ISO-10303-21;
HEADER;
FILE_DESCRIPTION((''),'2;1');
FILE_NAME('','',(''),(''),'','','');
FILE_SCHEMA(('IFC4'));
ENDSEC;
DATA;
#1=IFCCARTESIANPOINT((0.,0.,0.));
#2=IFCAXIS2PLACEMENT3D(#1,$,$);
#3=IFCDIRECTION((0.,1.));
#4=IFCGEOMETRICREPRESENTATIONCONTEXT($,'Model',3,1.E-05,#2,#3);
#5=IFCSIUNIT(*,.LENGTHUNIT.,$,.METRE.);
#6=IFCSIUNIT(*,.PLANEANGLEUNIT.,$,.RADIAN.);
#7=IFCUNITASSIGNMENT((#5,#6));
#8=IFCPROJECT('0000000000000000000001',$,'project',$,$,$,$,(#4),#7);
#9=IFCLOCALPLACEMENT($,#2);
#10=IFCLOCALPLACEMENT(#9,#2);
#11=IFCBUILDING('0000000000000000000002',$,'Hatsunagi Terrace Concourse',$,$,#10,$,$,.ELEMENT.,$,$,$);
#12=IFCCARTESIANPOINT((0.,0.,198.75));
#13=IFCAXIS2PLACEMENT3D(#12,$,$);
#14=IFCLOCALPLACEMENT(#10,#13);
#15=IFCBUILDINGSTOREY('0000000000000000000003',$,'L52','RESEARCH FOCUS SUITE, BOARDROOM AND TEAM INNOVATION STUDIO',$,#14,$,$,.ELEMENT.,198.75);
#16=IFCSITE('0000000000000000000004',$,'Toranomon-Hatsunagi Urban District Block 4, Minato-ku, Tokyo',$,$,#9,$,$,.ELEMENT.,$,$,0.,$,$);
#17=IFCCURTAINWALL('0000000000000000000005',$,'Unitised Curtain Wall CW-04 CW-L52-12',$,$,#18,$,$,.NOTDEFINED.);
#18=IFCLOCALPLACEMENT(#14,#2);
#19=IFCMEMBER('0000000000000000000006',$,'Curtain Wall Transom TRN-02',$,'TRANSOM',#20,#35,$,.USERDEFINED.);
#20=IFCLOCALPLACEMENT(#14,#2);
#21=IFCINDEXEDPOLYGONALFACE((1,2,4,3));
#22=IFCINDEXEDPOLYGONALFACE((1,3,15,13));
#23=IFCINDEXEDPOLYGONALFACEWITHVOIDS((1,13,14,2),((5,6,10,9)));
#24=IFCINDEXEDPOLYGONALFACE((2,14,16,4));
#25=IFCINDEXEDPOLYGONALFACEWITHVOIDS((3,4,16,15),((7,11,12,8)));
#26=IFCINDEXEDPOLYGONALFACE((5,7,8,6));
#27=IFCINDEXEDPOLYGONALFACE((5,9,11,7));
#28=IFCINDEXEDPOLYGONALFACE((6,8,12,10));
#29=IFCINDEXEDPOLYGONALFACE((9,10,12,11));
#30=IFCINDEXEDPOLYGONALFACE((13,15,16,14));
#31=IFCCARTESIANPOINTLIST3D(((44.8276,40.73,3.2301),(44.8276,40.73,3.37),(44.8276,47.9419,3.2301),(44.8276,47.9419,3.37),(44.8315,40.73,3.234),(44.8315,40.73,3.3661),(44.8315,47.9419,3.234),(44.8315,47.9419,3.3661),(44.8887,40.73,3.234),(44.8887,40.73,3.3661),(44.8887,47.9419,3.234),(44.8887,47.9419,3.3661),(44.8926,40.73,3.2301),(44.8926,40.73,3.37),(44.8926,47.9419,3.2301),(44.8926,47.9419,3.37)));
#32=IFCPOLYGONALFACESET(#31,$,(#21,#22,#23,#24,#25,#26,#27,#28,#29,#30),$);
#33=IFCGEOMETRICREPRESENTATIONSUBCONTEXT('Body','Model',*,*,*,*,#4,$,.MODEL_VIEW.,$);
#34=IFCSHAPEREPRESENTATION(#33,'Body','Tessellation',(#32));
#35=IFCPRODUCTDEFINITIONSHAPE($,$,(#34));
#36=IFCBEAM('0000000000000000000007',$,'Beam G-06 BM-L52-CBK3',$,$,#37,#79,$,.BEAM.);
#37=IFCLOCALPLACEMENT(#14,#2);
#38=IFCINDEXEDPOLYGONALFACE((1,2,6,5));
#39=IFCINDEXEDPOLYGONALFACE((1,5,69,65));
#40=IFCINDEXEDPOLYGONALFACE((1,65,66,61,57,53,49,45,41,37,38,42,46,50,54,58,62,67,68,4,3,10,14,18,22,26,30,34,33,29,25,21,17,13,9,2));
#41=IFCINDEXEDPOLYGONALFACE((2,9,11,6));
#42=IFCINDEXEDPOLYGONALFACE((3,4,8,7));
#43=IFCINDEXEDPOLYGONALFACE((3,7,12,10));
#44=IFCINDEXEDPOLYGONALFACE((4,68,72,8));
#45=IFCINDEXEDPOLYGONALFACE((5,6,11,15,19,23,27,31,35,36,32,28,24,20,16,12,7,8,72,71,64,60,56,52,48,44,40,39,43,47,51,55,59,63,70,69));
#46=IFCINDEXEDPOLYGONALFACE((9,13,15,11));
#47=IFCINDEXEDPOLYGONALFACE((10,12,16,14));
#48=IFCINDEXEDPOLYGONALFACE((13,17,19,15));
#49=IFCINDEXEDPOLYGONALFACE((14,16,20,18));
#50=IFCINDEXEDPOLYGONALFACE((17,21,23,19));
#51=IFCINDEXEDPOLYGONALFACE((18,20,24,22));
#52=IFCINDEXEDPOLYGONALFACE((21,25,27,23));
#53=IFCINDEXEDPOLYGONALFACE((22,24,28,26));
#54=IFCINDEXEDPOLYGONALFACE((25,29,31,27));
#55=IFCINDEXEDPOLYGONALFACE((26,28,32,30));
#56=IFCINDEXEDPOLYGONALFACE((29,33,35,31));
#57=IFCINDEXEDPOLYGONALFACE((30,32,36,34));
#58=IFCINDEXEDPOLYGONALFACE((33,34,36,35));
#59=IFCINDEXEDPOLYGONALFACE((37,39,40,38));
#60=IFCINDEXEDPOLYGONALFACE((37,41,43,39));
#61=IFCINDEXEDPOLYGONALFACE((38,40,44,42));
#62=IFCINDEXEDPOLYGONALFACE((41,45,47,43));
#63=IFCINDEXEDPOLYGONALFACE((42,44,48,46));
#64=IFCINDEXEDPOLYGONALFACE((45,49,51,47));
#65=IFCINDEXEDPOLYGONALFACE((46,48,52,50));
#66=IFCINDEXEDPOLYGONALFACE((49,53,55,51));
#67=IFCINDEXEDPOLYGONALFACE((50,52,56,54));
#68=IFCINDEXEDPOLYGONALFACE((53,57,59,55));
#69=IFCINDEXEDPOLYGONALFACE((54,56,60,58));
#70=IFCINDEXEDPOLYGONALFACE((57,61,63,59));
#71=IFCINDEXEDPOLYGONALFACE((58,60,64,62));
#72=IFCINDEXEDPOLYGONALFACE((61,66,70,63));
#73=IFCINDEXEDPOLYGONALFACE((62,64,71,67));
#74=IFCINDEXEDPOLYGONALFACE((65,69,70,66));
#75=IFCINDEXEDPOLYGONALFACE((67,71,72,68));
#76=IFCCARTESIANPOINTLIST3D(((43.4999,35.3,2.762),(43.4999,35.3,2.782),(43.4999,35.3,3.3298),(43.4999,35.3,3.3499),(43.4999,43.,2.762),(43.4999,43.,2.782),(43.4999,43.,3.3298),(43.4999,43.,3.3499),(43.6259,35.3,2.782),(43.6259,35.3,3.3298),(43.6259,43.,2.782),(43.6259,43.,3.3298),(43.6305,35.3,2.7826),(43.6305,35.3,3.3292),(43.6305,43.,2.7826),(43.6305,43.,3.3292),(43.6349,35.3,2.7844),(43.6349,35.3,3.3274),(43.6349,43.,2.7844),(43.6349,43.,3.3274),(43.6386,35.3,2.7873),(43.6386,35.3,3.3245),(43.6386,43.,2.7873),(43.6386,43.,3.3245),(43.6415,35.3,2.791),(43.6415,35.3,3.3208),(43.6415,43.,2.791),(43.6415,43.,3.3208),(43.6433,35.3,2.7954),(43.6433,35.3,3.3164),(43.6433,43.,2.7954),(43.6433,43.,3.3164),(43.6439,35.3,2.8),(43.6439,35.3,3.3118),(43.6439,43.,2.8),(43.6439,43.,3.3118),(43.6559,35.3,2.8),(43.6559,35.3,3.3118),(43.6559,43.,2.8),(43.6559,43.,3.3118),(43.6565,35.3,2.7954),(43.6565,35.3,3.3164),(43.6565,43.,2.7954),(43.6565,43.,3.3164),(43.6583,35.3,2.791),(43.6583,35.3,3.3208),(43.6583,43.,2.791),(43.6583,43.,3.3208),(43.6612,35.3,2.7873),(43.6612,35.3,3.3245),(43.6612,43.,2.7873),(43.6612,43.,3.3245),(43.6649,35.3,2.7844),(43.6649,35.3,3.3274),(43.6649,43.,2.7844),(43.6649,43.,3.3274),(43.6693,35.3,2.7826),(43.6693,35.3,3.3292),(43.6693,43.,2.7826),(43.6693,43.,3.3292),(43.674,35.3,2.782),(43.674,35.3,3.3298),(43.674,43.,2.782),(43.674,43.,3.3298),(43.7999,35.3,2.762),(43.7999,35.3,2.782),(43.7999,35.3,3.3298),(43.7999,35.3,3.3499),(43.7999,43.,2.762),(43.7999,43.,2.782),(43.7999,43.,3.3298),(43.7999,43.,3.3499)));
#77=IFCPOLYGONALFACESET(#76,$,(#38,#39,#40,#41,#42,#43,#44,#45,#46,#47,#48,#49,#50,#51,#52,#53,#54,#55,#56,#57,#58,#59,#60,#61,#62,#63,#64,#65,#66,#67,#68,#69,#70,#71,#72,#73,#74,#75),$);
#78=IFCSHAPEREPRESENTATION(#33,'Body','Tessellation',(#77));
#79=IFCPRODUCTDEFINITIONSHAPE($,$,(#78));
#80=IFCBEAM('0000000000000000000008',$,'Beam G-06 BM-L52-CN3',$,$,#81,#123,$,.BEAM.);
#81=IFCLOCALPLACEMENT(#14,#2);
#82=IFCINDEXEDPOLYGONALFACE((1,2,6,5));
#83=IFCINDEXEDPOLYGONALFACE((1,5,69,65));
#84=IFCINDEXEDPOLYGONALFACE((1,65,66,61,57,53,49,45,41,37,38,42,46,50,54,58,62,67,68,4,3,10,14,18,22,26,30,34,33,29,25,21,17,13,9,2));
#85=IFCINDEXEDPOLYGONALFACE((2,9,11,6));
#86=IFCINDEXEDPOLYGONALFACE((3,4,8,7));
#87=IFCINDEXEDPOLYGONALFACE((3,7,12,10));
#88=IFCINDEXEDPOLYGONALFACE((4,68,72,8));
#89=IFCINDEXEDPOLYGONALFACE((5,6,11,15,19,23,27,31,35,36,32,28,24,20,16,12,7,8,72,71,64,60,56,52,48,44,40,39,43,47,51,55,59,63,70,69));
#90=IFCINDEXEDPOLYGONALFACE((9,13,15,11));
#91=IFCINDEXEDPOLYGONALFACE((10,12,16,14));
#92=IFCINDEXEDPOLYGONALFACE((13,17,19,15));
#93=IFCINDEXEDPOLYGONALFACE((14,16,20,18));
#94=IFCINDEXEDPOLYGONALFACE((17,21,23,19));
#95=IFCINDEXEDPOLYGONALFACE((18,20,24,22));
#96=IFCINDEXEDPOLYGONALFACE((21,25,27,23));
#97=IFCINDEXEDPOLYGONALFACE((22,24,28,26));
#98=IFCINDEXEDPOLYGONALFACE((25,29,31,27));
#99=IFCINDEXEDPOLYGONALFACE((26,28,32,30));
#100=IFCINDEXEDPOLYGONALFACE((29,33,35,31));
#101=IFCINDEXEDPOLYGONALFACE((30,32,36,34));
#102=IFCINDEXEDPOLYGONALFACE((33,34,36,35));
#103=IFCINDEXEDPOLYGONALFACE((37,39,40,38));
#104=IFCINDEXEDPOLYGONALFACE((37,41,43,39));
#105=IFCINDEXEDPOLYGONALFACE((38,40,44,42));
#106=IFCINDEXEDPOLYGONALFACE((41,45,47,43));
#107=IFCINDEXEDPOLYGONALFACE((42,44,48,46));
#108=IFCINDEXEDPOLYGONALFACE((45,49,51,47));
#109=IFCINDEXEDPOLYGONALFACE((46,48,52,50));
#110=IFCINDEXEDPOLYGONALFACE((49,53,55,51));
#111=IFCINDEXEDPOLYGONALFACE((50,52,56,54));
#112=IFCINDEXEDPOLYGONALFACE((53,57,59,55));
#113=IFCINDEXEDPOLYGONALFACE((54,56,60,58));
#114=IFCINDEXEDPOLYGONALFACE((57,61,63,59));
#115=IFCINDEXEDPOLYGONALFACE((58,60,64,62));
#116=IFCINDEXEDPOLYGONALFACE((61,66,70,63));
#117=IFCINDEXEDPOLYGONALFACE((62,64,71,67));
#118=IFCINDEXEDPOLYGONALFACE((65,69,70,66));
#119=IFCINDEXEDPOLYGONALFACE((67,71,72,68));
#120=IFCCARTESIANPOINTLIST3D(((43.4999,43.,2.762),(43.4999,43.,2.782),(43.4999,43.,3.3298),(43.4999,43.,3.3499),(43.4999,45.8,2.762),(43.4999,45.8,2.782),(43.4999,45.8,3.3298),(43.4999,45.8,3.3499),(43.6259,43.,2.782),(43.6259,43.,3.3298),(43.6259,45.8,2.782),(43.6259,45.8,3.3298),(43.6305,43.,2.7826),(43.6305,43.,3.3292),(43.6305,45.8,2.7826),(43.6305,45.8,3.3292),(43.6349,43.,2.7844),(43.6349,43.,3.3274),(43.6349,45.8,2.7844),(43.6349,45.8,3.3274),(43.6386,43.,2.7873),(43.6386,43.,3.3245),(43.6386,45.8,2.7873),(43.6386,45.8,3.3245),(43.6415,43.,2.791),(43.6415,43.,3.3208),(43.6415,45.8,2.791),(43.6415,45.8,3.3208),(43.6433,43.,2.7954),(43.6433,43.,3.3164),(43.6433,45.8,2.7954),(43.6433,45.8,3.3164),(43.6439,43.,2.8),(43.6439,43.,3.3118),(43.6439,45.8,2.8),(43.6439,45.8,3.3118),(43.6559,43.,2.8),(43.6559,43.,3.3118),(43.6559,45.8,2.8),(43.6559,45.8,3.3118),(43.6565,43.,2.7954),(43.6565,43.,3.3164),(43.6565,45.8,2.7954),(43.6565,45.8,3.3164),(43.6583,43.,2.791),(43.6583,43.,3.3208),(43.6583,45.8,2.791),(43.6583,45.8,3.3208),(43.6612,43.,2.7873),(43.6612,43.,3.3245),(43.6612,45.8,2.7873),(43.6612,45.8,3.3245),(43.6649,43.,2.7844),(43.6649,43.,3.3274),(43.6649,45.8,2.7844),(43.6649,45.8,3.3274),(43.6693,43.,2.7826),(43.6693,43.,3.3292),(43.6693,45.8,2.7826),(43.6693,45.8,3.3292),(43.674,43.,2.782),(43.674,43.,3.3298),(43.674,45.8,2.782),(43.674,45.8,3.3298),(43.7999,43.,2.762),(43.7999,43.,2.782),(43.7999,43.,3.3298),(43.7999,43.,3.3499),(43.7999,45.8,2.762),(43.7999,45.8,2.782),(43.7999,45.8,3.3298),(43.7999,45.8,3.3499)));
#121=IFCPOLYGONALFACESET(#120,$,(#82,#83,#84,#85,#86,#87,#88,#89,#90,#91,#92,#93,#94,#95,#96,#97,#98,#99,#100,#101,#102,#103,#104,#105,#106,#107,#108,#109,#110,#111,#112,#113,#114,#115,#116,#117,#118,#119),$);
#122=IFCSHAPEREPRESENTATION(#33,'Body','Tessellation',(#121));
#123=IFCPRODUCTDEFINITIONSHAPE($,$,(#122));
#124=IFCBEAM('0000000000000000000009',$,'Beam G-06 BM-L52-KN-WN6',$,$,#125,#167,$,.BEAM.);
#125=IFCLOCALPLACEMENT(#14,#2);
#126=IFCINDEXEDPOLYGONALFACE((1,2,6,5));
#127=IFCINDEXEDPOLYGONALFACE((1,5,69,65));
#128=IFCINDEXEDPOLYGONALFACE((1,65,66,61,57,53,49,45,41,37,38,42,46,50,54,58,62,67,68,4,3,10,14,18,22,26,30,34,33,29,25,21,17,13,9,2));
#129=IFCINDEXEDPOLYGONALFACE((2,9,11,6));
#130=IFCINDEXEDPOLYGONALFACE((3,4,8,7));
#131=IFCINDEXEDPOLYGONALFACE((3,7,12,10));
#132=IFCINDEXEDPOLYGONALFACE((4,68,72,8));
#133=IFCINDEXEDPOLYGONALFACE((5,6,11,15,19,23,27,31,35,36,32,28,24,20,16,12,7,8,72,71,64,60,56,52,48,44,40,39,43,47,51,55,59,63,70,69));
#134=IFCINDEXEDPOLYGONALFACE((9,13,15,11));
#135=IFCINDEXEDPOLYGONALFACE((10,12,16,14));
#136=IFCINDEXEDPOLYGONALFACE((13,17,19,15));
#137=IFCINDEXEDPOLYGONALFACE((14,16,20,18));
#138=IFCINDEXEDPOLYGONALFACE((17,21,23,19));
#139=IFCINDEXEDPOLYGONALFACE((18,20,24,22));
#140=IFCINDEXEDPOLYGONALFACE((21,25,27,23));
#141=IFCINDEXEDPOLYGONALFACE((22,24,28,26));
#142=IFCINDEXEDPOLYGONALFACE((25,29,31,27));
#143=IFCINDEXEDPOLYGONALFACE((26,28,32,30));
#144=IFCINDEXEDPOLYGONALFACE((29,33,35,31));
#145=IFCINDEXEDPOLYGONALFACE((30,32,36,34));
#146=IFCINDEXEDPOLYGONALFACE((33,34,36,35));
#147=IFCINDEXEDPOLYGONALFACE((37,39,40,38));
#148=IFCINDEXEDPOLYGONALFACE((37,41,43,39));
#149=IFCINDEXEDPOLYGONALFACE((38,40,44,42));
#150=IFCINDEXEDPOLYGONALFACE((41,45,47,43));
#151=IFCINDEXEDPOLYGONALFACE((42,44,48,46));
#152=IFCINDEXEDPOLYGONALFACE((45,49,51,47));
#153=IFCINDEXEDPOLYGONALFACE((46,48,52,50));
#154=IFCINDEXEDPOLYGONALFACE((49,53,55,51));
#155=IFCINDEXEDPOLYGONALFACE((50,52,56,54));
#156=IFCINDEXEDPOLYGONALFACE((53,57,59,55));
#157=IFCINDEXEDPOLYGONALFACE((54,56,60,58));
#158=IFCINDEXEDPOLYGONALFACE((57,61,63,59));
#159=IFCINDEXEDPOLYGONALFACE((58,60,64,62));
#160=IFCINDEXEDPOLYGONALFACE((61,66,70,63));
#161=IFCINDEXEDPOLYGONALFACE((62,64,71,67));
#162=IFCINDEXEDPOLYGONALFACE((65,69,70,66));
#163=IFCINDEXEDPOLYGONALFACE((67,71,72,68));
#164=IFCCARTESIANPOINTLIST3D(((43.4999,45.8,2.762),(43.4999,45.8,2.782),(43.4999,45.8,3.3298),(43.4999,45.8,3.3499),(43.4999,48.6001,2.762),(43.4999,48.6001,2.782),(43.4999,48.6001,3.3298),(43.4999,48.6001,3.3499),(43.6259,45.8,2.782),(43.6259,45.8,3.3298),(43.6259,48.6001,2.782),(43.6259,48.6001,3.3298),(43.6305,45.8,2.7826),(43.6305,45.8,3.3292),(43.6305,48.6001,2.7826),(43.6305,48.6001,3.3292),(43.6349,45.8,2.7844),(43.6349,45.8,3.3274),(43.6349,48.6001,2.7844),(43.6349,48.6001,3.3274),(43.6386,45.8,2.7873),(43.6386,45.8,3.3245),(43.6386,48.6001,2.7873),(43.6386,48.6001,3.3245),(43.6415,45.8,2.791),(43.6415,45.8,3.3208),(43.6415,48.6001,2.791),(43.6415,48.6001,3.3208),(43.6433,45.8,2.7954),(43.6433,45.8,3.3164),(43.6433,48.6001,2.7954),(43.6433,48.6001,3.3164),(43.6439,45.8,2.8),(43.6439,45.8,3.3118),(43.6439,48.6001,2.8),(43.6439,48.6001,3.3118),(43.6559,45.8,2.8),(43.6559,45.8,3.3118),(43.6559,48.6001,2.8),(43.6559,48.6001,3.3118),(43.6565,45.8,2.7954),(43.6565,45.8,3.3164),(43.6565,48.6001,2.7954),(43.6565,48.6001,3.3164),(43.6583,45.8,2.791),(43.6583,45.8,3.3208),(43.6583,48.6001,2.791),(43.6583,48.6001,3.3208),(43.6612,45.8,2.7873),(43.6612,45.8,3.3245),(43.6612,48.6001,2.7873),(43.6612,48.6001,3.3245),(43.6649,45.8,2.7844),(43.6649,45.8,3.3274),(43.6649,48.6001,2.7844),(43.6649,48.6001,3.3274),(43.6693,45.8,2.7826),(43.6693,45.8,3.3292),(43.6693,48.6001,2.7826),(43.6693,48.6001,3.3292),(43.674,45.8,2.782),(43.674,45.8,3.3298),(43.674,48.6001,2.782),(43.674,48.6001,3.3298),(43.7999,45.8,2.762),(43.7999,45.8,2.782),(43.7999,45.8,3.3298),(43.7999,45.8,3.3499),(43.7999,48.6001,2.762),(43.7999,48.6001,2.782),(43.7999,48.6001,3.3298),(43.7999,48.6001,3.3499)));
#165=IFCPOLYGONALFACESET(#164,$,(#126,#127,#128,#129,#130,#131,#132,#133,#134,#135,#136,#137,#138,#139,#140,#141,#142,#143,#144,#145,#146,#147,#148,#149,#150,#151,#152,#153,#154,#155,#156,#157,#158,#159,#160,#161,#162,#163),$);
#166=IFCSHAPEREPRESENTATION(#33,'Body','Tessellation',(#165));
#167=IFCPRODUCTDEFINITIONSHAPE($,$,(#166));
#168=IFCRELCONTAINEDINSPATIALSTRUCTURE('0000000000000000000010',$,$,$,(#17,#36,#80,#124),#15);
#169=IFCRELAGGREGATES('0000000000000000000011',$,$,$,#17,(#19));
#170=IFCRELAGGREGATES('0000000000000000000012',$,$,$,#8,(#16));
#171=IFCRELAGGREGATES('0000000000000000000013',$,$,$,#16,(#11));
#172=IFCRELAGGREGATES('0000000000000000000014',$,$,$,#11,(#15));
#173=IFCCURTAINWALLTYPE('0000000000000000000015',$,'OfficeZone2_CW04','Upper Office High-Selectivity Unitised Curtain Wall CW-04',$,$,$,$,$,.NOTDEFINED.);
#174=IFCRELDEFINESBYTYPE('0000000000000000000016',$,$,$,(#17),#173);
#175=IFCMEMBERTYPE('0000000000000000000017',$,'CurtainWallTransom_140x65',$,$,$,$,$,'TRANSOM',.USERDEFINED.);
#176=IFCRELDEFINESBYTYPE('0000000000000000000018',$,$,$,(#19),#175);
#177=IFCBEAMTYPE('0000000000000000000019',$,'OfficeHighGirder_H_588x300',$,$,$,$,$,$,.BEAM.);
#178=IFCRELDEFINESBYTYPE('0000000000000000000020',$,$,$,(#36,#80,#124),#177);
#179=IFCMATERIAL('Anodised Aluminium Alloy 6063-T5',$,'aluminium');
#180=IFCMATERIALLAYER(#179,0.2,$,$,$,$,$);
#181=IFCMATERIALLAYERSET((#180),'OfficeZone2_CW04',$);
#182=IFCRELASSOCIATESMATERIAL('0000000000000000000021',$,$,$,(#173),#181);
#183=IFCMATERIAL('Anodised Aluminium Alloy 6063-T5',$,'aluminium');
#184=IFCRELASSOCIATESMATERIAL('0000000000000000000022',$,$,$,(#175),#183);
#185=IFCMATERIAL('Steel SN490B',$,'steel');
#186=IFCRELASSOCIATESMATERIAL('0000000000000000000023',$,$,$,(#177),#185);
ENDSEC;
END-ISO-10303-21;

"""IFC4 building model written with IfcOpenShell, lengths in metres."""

from ifc_helpers import new_model, si_unit, direction, frame, origin, origin_2d, place, context, subcontext, project, spatial, hollow_rectangle, i_section, extrude, material, layer, layer_set, material_profile, profile_set, type_object, element, aggregate, save


model = new_model("IFC4")

# Units and contexts
model_context = context("Model", 3, precision=1e-05, world=origin(), true_north=direction((0.0, 1.0)))
body_context = subcontext(model_context, "Body", "Model", "MODEL_VIEW")
ifc_project = project(units=[si_unit("LENGTHUNIT", "METRE"), si_unit("PLANEANGLEUNIT", "RADIAN")], contexts=[model_context])

# Site, building, storey
site_placement = place(None, origin())
site = spatial("IfcSite", under=ifc_project, at=site_placement, Name="Toranomon-Hatsunagi Urban District Block 4, Minato-ku, Tokyo", CompositionType="ELEMENT", RefElevation=0.0)
building_placement = place(site_placement, origin())
building = spatial("IfcBuilding", under=site, at=building_placement, Name="Hatsunagi Terrace Concourse", CompositionType="ELEMENT")
storey_placement = place(building_placement, frame((0.0, 0.0, 198.75)))
storey = spatial("IfcBuildingStorey", under=building, at=storey_placement, Name="L52", Description="RESEARCH FOCUS SUITE, BOARDROOM AND TEAM INNOVATION STUDIO", CompositionType="ELEMENT", Elevation=198.75)

# Curtain wall, member
ifc_material_1 = material(Name="Anodised Aluminium Alloy 6063-T5", Category="aluminium")
ifc_layer_1 = layer(ifc_material_1, 0.2)
ifc_layer_set_1 = layer_set([ifc_layer_1], Name="OfficeZone2_CW04")
curtain_wall_type = type_object("IfcCurtainWallType", Name="OfficeZone2_CW04", Description="Upper Office High-Selectivity Unitised Curtain Wall CW-04", PredefinedType="NOTDEFINED", material=ifc_layer_set_1)
curtain_wall_placement = place(storey_placement, origin())
curtain_wall = element("IfcCurtainWall", 1, at=curtain_wall_placement, inside=storey, type_object=curtain_wall_type, Name="Unitised Curtain Wall CW-04 CW-L52-12", PredefinedType="NOTDEFINED")
ifc_material_2 = material(Name="Anodised Aluminium Alloy 6063-T5", Category="aluminium")
ifc_material_profile_1 = material_profile(ifc_material_2, hollow_rectangle(XDim=0.0649, YDim=0.1399, WallThickness=0.0039, at=origin_2d()), Name="ALU-TRN-140x65x4")
ifc_profile_set_1 = profile_set([ifc_material_profile_1], Name="Anodised Aluminium Alloy 6063-T5")
member_type_1 = type_object("IfcMemberType", Name="CurtainWallTransom_140x65", ElementType="TRANSOM", PredefinedType="USERDEFINED", material=ifc_profile_set_1)
member_1_placement = place(storey_placement, frame((44.8601, 47.9419, 3.3), z_axis=(0.0, -1.0, 0.0), x_axis=(1.0, 0.0, 0.0)))
member_1 = element("IfcMember", 2, at=member_1_placement, type_object=member_type_1, Name="Curtain Wall Transom TRN-02", ObjectType="TRANSOM", PredefinedType="USERDEFINED", context=body_context, shape_type="SweptSolid", body=[
    extrude(hollow_rectangle(XDim=0.0649, YDim=0.1399, WallThickness=0.0039, at=origin_2d()), origin(), (0.0, 0.0, 1.0), 7.2119),
])

# Beams
ifc_material_3 = material(Name="Steel SN490B", Category="steel")
ifc_material_profile_2 = material_profile(ifc_material_3, i_section(OverallWidth=0.3, OverallDepth=0.5879, WebThickness=0.012, FlangeThickness=0.02, FilletRadius=0.0181, at=origin_2d()), Name="H-588x300x12x20")
ifc_profile_set_2 = profile_set([ifc_material_profile_2], Name="Steel SN490B")
beam_type_1 = type_object("IfcBeamType", Name="OfficeHighGirder_H_588x300", PredefinedType="BEAM", material=ifc_profile_set_2)
beam_1_placement = place(storey_placement, frame((43.6499, 35.3, 3.0559), z_axis=(0.0, 1.0, 0.0), x_axis=(-1.0, 0.0, 0.0)))
element("IfcBeam", 3, at=beam_1_placement, inside=storey, type_object=beam_type_1, Name="Beam G-06 BM-L52-CBK3", PredefinedType="BEAM", context=body_context, shape_type="SweptSolid", body=[
    extrude(i_section(OverallWidth=0.3, OverallDepth=0.5879, WebThickness=0.012, FlangeThickness=0.02, FilletRadius=0.0181, at=origin_2d()), origin(), (0.0, 0.0, 1.0), 7.7),
])
for number, where, z_axis, x_axis, name in (
    (4, (43.6499, 43.0, 3.0559), (0.0, 1.0, 0.0), (-1.0, 0.0, 0.0), "Beam G-06 BM-L52-CN3"),
    (5, (43.6499, 45.8, 3.0559), (0.0, 1.0, 0.0), (-1.0, 0.0, 0.0), "Beam G-06 BM-L52-KN-WN6"),
):
    element("IfcBeam", number, at=place(storey_placement, frame(where, z_axis=z_axis, x_axis=x_axis)), inside=storey, type_object=beam_type_1, Name=name, PredefinedType="BEAM", context=body_context, shape_type="SweptSolid", body=[
        extrude(i_section(OverallWidth=0.3, OverallDepth=0.5879, WebThickness=0.012, FlangeThickness=0.02, FilletRadius=0.0181, at=origin_2d()), origin(), (0.0, 0.0, 1.0), 2.8),
    ])

aggregate(curtain_wall, [member_1])

save(model, "model.ifc")
